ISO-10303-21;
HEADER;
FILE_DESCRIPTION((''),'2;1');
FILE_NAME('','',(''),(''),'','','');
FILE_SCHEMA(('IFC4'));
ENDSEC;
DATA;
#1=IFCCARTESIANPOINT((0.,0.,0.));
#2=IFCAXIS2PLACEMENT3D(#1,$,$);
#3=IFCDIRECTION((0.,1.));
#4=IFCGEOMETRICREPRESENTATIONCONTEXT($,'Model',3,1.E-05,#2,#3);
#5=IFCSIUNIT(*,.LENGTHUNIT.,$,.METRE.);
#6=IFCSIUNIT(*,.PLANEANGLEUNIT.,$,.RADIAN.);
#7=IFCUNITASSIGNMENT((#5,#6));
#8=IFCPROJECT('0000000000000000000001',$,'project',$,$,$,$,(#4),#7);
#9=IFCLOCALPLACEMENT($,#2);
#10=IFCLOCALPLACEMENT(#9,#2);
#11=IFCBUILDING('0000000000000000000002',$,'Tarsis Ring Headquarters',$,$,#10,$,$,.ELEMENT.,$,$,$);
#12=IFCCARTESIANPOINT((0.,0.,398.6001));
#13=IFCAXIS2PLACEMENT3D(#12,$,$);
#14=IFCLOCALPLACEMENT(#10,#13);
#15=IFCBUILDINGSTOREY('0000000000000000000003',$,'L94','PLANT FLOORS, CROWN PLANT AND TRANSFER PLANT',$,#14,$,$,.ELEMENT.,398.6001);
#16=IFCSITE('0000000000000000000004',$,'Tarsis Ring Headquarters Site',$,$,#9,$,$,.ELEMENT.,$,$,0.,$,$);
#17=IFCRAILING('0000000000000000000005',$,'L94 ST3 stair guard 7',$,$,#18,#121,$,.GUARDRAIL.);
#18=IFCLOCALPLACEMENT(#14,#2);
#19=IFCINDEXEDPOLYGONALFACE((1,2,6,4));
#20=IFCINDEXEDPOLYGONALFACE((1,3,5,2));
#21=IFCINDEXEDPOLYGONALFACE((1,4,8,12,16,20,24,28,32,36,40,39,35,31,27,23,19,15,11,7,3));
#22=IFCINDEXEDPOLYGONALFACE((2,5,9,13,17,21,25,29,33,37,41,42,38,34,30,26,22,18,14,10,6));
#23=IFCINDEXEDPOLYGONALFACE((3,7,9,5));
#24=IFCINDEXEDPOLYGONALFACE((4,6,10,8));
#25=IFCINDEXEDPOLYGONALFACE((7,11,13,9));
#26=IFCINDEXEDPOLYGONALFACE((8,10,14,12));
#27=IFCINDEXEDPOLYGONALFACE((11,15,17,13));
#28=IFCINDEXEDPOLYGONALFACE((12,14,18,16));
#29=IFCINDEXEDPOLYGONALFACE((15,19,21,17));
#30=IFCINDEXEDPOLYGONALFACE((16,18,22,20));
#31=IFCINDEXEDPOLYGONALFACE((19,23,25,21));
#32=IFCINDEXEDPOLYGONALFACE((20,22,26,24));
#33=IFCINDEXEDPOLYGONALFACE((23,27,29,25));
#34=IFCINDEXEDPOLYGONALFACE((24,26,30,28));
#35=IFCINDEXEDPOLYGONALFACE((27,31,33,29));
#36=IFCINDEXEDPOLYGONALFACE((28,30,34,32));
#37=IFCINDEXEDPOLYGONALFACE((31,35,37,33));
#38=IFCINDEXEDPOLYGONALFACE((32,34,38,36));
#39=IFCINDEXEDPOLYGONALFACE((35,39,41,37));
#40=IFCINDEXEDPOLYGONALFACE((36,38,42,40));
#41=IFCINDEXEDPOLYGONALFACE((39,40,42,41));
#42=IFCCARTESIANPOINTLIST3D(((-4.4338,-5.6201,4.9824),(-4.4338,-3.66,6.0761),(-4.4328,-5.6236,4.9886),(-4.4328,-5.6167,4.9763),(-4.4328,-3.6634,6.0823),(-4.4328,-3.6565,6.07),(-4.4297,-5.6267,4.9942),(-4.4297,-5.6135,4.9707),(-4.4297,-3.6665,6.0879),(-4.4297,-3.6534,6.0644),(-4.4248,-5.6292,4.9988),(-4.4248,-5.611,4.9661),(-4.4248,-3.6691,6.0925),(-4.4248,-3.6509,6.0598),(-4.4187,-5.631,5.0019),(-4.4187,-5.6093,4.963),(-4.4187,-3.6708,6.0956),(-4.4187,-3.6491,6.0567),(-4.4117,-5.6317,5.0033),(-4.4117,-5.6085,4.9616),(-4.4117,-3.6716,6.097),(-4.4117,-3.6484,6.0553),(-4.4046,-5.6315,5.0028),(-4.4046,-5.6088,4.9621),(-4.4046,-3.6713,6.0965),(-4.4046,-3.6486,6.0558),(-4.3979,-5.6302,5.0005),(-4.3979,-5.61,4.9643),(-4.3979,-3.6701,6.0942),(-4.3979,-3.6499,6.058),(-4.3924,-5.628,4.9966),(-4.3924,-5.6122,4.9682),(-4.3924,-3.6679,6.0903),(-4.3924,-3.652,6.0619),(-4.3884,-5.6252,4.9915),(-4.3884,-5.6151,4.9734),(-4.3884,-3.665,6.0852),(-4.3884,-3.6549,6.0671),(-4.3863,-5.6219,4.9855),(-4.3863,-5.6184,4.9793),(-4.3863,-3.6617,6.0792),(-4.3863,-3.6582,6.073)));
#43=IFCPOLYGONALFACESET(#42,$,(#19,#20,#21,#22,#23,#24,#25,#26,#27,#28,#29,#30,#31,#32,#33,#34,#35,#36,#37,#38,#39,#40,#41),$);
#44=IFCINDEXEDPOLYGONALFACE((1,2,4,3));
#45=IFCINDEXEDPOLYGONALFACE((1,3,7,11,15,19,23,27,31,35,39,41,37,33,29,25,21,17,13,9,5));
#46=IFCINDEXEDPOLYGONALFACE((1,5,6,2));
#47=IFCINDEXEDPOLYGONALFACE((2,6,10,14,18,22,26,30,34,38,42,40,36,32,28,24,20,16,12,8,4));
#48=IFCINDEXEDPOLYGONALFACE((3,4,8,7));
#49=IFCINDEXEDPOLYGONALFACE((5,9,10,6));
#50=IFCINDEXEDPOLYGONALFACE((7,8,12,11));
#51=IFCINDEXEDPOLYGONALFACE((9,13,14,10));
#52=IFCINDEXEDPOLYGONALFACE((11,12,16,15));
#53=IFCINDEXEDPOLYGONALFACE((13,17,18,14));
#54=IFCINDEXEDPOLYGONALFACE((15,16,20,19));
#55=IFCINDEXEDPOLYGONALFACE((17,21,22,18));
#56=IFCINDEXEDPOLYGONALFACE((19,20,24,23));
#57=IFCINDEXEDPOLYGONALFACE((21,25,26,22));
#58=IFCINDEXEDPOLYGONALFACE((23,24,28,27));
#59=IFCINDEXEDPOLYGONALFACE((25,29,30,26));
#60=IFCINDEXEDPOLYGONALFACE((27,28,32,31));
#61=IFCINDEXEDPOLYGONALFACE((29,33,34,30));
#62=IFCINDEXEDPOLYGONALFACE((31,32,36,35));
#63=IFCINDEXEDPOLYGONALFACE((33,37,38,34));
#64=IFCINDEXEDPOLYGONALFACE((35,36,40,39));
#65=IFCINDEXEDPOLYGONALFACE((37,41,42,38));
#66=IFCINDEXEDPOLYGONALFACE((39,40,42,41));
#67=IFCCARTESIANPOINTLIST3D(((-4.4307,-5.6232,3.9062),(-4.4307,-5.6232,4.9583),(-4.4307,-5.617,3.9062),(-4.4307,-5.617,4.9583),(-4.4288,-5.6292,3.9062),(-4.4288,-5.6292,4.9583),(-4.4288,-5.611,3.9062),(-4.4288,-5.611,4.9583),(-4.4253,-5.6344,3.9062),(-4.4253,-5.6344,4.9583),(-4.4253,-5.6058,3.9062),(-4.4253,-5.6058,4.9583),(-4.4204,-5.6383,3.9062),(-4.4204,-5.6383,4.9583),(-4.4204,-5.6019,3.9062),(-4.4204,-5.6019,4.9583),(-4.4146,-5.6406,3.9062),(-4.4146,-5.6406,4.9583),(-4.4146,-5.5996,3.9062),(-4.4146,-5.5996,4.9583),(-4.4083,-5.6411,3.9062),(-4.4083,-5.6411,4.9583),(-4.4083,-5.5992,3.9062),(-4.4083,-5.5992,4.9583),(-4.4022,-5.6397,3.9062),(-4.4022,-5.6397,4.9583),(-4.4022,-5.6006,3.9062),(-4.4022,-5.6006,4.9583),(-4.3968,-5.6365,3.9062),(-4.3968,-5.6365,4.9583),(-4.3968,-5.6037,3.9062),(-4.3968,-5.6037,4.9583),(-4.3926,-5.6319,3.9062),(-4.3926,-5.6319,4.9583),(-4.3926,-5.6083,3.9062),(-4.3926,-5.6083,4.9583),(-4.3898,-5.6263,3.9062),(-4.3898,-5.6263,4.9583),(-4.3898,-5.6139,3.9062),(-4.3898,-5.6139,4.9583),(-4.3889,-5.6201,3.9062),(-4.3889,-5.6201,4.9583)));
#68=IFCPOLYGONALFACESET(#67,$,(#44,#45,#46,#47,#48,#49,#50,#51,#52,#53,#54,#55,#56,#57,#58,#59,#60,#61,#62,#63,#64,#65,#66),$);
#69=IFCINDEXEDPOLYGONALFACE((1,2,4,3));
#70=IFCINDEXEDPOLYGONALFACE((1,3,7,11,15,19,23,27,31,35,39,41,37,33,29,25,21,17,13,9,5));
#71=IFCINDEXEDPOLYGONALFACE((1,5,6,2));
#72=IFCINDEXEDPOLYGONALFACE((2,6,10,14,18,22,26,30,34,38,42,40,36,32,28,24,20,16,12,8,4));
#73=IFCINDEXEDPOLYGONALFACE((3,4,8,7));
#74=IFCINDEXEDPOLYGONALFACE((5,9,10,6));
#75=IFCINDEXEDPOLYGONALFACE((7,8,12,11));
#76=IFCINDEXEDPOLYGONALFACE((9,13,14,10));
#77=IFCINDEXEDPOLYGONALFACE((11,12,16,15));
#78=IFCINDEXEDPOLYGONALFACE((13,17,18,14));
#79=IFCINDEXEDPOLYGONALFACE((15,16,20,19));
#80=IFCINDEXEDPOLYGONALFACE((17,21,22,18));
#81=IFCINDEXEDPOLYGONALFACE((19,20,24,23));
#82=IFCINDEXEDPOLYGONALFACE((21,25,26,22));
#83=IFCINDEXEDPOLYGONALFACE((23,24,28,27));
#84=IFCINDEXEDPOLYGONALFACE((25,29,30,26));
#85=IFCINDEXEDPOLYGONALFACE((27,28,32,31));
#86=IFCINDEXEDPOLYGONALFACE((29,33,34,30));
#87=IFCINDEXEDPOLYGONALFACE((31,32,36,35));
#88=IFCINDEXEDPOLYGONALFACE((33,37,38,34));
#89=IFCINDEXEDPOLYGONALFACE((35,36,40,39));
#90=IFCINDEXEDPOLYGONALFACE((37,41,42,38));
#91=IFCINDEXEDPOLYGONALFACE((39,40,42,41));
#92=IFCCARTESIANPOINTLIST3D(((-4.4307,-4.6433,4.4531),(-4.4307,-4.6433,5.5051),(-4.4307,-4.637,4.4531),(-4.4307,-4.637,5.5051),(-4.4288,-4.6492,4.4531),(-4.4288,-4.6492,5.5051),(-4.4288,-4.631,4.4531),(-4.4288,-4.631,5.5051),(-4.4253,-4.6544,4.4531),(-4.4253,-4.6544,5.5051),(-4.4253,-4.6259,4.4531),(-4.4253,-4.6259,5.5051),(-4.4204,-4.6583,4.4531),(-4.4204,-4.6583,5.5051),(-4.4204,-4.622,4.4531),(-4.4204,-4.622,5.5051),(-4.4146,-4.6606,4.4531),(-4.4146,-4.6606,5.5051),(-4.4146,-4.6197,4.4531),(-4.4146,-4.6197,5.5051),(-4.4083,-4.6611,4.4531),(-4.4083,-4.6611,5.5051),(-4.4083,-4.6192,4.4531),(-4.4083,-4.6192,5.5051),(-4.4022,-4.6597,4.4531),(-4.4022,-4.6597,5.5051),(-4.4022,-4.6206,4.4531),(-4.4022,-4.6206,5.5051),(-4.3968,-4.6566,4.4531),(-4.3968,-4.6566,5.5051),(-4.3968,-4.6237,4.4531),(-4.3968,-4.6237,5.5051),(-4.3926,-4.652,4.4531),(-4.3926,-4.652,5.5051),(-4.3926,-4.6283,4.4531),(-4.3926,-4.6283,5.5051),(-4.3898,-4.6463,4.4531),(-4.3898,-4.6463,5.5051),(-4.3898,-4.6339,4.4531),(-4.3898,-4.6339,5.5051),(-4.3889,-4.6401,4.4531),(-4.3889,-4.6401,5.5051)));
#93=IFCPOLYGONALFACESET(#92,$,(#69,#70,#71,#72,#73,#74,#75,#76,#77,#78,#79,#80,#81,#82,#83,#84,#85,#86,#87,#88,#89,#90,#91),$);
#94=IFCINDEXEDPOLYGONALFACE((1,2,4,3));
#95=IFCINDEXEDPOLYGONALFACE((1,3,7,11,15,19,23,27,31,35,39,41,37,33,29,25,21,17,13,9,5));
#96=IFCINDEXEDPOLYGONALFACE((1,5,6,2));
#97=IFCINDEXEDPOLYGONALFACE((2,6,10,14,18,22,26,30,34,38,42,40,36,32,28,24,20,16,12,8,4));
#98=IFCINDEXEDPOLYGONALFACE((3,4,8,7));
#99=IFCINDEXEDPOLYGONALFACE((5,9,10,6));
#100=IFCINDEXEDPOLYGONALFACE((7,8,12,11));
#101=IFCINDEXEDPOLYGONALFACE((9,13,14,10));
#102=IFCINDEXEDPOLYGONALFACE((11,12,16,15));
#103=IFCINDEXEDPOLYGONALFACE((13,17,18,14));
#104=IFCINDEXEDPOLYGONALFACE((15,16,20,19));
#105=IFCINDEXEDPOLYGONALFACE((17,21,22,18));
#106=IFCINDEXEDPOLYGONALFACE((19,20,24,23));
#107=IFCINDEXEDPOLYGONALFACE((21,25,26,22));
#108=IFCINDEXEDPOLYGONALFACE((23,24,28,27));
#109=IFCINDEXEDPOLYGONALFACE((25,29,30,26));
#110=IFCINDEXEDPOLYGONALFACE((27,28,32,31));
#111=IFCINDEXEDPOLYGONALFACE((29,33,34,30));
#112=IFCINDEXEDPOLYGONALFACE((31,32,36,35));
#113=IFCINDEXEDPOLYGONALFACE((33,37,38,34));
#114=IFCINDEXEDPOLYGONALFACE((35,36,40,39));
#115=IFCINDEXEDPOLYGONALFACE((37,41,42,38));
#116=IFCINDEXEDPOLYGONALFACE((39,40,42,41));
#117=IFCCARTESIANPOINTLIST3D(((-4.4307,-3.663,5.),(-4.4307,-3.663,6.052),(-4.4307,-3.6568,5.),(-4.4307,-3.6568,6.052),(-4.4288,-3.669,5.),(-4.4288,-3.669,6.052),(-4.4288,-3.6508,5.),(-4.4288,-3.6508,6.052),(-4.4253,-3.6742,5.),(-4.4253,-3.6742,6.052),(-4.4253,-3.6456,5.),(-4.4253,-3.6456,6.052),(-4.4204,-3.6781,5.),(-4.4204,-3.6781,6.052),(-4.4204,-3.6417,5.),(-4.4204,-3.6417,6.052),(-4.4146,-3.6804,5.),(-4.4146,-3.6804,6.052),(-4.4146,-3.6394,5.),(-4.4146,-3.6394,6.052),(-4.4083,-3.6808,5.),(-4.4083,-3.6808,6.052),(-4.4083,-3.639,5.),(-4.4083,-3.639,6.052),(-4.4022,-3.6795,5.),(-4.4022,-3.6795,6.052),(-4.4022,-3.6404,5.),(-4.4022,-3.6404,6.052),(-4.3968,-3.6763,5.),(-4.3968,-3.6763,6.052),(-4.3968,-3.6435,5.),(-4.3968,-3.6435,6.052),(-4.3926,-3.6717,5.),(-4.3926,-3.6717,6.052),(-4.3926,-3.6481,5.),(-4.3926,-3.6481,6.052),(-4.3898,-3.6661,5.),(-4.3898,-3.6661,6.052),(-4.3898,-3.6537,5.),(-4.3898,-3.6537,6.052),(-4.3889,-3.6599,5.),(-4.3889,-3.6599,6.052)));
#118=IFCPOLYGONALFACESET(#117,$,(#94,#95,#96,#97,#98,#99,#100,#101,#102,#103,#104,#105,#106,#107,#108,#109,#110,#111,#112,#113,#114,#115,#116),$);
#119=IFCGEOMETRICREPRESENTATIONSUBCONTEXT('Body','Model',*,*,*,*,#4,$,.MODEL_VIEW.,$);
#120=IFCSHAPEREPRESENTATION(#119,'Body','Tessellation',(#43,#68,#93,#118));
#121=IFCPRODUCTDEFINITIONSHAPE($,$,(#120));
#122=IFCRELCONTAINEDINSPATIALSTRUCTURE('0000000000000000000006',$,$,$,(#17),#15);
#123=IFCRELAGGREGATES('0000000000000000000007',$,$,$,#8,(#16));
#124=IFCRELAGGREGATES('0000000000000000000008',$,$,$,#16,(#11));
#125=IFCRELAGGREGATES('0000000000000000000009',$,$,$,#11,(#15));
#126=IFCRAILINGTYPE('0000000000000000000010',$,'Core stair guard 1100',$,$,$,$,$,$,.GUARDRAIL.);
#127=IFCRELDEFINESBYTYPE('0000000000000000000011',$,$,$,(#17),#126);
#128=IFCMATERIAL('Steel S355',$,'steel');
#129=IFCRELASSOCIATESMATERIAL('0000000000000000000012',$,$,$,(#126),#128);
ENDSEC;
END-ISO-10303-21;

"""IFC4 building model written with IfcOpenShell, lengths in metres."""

from ifc_helpers import new_model, si_unit, direction, frame, origin, origin_2d, place, context, subcontext, project, spatial, circle, extrude, material, type_object, element, save


model = new_model("IFC4")

# Units and contexts
model_context = context("Model", 3, precision=1e-05, world=origin(), true_north=direction((0.0, 1.0)))
body_context = subcontext(model_context, "Body", "Model", "MODEL_VIEW")
ifc_project = project(units=[si_unit("LENGTHUNIT", "METRE"), si_unit("PLANEANGLEUNIT", "RADIAN")], contexts=[model_context])

# Site, building, storey
site_placement = place(None, origin())
site = spatial("IfcSite", under=ifc_project, at=site_placement, Name="Tarsis Ring Headquarters Site", CompositionType="ELEMENT", RefElevation=0.0)
building_placement = place(site_placement, origin())
building = spatial("IfcBuilding", under=site, at=building_placement, Name="Tarsis Ring Headquarters", CompositionType="ELEMENT")
storey_placement = place(building_placement, frame((0.0, 0.0, 398.6001)))
storey = spatial("IfcBuildingStorey", under=building, at=storey_placement, Name="L94", Description="PLANT FLOORS, CROWN PLANT AND TRANSFER PLANT", CompositionType="ELEMENT", Elevation=398.6001)

# Railing
ifc_material_1 = material(Name="Steel S355", Category="steel")
railing_type_1 = type_object("IfcRailingType", Name="Core stair guard 1100", PredefinedType="GUARDRAIL", material=ifc_material_1)
railing_1_placement = place(storey_placement, frame((-4.4099, -5.6201, 3.9062)))
element("IfcRailing", 1, at=railing_1_placement, inside=storey, type_object=railing_type_1, Name="L94 ST3 stair guard 7", PredefinedType="GUARDRAIL", context=body_context, shape_type="SweptSolid", body=[
    extrude(circle(Radius=0.0239, at=origin_2d()), frame((0.0, 0.0, 1.0762), z_axis=(0.0, 0.873258, 0.487258), x_axis=(-1.0, 0.0, 0.0)), (0.0, 0.0, 1.0), 2.2446),
    extrude(circle(Radius=0.021, at=origin_2d()), origin(), (0.0, 0.0, 1.0), 1.052),
    extrude(circle(Radius=0.021, at=origin_2d()), frame((0.0, 0.98, 0.5469)), (0.0, 0.0, 1.0), 1.052),
    extrude(circle(Radius=0.021, at=origin_2d()), frame((0.0, 1.9602, 1.0938)), (0.0, 0.0, 1.0), 1.052),
])

save(model, "model.ifc")
